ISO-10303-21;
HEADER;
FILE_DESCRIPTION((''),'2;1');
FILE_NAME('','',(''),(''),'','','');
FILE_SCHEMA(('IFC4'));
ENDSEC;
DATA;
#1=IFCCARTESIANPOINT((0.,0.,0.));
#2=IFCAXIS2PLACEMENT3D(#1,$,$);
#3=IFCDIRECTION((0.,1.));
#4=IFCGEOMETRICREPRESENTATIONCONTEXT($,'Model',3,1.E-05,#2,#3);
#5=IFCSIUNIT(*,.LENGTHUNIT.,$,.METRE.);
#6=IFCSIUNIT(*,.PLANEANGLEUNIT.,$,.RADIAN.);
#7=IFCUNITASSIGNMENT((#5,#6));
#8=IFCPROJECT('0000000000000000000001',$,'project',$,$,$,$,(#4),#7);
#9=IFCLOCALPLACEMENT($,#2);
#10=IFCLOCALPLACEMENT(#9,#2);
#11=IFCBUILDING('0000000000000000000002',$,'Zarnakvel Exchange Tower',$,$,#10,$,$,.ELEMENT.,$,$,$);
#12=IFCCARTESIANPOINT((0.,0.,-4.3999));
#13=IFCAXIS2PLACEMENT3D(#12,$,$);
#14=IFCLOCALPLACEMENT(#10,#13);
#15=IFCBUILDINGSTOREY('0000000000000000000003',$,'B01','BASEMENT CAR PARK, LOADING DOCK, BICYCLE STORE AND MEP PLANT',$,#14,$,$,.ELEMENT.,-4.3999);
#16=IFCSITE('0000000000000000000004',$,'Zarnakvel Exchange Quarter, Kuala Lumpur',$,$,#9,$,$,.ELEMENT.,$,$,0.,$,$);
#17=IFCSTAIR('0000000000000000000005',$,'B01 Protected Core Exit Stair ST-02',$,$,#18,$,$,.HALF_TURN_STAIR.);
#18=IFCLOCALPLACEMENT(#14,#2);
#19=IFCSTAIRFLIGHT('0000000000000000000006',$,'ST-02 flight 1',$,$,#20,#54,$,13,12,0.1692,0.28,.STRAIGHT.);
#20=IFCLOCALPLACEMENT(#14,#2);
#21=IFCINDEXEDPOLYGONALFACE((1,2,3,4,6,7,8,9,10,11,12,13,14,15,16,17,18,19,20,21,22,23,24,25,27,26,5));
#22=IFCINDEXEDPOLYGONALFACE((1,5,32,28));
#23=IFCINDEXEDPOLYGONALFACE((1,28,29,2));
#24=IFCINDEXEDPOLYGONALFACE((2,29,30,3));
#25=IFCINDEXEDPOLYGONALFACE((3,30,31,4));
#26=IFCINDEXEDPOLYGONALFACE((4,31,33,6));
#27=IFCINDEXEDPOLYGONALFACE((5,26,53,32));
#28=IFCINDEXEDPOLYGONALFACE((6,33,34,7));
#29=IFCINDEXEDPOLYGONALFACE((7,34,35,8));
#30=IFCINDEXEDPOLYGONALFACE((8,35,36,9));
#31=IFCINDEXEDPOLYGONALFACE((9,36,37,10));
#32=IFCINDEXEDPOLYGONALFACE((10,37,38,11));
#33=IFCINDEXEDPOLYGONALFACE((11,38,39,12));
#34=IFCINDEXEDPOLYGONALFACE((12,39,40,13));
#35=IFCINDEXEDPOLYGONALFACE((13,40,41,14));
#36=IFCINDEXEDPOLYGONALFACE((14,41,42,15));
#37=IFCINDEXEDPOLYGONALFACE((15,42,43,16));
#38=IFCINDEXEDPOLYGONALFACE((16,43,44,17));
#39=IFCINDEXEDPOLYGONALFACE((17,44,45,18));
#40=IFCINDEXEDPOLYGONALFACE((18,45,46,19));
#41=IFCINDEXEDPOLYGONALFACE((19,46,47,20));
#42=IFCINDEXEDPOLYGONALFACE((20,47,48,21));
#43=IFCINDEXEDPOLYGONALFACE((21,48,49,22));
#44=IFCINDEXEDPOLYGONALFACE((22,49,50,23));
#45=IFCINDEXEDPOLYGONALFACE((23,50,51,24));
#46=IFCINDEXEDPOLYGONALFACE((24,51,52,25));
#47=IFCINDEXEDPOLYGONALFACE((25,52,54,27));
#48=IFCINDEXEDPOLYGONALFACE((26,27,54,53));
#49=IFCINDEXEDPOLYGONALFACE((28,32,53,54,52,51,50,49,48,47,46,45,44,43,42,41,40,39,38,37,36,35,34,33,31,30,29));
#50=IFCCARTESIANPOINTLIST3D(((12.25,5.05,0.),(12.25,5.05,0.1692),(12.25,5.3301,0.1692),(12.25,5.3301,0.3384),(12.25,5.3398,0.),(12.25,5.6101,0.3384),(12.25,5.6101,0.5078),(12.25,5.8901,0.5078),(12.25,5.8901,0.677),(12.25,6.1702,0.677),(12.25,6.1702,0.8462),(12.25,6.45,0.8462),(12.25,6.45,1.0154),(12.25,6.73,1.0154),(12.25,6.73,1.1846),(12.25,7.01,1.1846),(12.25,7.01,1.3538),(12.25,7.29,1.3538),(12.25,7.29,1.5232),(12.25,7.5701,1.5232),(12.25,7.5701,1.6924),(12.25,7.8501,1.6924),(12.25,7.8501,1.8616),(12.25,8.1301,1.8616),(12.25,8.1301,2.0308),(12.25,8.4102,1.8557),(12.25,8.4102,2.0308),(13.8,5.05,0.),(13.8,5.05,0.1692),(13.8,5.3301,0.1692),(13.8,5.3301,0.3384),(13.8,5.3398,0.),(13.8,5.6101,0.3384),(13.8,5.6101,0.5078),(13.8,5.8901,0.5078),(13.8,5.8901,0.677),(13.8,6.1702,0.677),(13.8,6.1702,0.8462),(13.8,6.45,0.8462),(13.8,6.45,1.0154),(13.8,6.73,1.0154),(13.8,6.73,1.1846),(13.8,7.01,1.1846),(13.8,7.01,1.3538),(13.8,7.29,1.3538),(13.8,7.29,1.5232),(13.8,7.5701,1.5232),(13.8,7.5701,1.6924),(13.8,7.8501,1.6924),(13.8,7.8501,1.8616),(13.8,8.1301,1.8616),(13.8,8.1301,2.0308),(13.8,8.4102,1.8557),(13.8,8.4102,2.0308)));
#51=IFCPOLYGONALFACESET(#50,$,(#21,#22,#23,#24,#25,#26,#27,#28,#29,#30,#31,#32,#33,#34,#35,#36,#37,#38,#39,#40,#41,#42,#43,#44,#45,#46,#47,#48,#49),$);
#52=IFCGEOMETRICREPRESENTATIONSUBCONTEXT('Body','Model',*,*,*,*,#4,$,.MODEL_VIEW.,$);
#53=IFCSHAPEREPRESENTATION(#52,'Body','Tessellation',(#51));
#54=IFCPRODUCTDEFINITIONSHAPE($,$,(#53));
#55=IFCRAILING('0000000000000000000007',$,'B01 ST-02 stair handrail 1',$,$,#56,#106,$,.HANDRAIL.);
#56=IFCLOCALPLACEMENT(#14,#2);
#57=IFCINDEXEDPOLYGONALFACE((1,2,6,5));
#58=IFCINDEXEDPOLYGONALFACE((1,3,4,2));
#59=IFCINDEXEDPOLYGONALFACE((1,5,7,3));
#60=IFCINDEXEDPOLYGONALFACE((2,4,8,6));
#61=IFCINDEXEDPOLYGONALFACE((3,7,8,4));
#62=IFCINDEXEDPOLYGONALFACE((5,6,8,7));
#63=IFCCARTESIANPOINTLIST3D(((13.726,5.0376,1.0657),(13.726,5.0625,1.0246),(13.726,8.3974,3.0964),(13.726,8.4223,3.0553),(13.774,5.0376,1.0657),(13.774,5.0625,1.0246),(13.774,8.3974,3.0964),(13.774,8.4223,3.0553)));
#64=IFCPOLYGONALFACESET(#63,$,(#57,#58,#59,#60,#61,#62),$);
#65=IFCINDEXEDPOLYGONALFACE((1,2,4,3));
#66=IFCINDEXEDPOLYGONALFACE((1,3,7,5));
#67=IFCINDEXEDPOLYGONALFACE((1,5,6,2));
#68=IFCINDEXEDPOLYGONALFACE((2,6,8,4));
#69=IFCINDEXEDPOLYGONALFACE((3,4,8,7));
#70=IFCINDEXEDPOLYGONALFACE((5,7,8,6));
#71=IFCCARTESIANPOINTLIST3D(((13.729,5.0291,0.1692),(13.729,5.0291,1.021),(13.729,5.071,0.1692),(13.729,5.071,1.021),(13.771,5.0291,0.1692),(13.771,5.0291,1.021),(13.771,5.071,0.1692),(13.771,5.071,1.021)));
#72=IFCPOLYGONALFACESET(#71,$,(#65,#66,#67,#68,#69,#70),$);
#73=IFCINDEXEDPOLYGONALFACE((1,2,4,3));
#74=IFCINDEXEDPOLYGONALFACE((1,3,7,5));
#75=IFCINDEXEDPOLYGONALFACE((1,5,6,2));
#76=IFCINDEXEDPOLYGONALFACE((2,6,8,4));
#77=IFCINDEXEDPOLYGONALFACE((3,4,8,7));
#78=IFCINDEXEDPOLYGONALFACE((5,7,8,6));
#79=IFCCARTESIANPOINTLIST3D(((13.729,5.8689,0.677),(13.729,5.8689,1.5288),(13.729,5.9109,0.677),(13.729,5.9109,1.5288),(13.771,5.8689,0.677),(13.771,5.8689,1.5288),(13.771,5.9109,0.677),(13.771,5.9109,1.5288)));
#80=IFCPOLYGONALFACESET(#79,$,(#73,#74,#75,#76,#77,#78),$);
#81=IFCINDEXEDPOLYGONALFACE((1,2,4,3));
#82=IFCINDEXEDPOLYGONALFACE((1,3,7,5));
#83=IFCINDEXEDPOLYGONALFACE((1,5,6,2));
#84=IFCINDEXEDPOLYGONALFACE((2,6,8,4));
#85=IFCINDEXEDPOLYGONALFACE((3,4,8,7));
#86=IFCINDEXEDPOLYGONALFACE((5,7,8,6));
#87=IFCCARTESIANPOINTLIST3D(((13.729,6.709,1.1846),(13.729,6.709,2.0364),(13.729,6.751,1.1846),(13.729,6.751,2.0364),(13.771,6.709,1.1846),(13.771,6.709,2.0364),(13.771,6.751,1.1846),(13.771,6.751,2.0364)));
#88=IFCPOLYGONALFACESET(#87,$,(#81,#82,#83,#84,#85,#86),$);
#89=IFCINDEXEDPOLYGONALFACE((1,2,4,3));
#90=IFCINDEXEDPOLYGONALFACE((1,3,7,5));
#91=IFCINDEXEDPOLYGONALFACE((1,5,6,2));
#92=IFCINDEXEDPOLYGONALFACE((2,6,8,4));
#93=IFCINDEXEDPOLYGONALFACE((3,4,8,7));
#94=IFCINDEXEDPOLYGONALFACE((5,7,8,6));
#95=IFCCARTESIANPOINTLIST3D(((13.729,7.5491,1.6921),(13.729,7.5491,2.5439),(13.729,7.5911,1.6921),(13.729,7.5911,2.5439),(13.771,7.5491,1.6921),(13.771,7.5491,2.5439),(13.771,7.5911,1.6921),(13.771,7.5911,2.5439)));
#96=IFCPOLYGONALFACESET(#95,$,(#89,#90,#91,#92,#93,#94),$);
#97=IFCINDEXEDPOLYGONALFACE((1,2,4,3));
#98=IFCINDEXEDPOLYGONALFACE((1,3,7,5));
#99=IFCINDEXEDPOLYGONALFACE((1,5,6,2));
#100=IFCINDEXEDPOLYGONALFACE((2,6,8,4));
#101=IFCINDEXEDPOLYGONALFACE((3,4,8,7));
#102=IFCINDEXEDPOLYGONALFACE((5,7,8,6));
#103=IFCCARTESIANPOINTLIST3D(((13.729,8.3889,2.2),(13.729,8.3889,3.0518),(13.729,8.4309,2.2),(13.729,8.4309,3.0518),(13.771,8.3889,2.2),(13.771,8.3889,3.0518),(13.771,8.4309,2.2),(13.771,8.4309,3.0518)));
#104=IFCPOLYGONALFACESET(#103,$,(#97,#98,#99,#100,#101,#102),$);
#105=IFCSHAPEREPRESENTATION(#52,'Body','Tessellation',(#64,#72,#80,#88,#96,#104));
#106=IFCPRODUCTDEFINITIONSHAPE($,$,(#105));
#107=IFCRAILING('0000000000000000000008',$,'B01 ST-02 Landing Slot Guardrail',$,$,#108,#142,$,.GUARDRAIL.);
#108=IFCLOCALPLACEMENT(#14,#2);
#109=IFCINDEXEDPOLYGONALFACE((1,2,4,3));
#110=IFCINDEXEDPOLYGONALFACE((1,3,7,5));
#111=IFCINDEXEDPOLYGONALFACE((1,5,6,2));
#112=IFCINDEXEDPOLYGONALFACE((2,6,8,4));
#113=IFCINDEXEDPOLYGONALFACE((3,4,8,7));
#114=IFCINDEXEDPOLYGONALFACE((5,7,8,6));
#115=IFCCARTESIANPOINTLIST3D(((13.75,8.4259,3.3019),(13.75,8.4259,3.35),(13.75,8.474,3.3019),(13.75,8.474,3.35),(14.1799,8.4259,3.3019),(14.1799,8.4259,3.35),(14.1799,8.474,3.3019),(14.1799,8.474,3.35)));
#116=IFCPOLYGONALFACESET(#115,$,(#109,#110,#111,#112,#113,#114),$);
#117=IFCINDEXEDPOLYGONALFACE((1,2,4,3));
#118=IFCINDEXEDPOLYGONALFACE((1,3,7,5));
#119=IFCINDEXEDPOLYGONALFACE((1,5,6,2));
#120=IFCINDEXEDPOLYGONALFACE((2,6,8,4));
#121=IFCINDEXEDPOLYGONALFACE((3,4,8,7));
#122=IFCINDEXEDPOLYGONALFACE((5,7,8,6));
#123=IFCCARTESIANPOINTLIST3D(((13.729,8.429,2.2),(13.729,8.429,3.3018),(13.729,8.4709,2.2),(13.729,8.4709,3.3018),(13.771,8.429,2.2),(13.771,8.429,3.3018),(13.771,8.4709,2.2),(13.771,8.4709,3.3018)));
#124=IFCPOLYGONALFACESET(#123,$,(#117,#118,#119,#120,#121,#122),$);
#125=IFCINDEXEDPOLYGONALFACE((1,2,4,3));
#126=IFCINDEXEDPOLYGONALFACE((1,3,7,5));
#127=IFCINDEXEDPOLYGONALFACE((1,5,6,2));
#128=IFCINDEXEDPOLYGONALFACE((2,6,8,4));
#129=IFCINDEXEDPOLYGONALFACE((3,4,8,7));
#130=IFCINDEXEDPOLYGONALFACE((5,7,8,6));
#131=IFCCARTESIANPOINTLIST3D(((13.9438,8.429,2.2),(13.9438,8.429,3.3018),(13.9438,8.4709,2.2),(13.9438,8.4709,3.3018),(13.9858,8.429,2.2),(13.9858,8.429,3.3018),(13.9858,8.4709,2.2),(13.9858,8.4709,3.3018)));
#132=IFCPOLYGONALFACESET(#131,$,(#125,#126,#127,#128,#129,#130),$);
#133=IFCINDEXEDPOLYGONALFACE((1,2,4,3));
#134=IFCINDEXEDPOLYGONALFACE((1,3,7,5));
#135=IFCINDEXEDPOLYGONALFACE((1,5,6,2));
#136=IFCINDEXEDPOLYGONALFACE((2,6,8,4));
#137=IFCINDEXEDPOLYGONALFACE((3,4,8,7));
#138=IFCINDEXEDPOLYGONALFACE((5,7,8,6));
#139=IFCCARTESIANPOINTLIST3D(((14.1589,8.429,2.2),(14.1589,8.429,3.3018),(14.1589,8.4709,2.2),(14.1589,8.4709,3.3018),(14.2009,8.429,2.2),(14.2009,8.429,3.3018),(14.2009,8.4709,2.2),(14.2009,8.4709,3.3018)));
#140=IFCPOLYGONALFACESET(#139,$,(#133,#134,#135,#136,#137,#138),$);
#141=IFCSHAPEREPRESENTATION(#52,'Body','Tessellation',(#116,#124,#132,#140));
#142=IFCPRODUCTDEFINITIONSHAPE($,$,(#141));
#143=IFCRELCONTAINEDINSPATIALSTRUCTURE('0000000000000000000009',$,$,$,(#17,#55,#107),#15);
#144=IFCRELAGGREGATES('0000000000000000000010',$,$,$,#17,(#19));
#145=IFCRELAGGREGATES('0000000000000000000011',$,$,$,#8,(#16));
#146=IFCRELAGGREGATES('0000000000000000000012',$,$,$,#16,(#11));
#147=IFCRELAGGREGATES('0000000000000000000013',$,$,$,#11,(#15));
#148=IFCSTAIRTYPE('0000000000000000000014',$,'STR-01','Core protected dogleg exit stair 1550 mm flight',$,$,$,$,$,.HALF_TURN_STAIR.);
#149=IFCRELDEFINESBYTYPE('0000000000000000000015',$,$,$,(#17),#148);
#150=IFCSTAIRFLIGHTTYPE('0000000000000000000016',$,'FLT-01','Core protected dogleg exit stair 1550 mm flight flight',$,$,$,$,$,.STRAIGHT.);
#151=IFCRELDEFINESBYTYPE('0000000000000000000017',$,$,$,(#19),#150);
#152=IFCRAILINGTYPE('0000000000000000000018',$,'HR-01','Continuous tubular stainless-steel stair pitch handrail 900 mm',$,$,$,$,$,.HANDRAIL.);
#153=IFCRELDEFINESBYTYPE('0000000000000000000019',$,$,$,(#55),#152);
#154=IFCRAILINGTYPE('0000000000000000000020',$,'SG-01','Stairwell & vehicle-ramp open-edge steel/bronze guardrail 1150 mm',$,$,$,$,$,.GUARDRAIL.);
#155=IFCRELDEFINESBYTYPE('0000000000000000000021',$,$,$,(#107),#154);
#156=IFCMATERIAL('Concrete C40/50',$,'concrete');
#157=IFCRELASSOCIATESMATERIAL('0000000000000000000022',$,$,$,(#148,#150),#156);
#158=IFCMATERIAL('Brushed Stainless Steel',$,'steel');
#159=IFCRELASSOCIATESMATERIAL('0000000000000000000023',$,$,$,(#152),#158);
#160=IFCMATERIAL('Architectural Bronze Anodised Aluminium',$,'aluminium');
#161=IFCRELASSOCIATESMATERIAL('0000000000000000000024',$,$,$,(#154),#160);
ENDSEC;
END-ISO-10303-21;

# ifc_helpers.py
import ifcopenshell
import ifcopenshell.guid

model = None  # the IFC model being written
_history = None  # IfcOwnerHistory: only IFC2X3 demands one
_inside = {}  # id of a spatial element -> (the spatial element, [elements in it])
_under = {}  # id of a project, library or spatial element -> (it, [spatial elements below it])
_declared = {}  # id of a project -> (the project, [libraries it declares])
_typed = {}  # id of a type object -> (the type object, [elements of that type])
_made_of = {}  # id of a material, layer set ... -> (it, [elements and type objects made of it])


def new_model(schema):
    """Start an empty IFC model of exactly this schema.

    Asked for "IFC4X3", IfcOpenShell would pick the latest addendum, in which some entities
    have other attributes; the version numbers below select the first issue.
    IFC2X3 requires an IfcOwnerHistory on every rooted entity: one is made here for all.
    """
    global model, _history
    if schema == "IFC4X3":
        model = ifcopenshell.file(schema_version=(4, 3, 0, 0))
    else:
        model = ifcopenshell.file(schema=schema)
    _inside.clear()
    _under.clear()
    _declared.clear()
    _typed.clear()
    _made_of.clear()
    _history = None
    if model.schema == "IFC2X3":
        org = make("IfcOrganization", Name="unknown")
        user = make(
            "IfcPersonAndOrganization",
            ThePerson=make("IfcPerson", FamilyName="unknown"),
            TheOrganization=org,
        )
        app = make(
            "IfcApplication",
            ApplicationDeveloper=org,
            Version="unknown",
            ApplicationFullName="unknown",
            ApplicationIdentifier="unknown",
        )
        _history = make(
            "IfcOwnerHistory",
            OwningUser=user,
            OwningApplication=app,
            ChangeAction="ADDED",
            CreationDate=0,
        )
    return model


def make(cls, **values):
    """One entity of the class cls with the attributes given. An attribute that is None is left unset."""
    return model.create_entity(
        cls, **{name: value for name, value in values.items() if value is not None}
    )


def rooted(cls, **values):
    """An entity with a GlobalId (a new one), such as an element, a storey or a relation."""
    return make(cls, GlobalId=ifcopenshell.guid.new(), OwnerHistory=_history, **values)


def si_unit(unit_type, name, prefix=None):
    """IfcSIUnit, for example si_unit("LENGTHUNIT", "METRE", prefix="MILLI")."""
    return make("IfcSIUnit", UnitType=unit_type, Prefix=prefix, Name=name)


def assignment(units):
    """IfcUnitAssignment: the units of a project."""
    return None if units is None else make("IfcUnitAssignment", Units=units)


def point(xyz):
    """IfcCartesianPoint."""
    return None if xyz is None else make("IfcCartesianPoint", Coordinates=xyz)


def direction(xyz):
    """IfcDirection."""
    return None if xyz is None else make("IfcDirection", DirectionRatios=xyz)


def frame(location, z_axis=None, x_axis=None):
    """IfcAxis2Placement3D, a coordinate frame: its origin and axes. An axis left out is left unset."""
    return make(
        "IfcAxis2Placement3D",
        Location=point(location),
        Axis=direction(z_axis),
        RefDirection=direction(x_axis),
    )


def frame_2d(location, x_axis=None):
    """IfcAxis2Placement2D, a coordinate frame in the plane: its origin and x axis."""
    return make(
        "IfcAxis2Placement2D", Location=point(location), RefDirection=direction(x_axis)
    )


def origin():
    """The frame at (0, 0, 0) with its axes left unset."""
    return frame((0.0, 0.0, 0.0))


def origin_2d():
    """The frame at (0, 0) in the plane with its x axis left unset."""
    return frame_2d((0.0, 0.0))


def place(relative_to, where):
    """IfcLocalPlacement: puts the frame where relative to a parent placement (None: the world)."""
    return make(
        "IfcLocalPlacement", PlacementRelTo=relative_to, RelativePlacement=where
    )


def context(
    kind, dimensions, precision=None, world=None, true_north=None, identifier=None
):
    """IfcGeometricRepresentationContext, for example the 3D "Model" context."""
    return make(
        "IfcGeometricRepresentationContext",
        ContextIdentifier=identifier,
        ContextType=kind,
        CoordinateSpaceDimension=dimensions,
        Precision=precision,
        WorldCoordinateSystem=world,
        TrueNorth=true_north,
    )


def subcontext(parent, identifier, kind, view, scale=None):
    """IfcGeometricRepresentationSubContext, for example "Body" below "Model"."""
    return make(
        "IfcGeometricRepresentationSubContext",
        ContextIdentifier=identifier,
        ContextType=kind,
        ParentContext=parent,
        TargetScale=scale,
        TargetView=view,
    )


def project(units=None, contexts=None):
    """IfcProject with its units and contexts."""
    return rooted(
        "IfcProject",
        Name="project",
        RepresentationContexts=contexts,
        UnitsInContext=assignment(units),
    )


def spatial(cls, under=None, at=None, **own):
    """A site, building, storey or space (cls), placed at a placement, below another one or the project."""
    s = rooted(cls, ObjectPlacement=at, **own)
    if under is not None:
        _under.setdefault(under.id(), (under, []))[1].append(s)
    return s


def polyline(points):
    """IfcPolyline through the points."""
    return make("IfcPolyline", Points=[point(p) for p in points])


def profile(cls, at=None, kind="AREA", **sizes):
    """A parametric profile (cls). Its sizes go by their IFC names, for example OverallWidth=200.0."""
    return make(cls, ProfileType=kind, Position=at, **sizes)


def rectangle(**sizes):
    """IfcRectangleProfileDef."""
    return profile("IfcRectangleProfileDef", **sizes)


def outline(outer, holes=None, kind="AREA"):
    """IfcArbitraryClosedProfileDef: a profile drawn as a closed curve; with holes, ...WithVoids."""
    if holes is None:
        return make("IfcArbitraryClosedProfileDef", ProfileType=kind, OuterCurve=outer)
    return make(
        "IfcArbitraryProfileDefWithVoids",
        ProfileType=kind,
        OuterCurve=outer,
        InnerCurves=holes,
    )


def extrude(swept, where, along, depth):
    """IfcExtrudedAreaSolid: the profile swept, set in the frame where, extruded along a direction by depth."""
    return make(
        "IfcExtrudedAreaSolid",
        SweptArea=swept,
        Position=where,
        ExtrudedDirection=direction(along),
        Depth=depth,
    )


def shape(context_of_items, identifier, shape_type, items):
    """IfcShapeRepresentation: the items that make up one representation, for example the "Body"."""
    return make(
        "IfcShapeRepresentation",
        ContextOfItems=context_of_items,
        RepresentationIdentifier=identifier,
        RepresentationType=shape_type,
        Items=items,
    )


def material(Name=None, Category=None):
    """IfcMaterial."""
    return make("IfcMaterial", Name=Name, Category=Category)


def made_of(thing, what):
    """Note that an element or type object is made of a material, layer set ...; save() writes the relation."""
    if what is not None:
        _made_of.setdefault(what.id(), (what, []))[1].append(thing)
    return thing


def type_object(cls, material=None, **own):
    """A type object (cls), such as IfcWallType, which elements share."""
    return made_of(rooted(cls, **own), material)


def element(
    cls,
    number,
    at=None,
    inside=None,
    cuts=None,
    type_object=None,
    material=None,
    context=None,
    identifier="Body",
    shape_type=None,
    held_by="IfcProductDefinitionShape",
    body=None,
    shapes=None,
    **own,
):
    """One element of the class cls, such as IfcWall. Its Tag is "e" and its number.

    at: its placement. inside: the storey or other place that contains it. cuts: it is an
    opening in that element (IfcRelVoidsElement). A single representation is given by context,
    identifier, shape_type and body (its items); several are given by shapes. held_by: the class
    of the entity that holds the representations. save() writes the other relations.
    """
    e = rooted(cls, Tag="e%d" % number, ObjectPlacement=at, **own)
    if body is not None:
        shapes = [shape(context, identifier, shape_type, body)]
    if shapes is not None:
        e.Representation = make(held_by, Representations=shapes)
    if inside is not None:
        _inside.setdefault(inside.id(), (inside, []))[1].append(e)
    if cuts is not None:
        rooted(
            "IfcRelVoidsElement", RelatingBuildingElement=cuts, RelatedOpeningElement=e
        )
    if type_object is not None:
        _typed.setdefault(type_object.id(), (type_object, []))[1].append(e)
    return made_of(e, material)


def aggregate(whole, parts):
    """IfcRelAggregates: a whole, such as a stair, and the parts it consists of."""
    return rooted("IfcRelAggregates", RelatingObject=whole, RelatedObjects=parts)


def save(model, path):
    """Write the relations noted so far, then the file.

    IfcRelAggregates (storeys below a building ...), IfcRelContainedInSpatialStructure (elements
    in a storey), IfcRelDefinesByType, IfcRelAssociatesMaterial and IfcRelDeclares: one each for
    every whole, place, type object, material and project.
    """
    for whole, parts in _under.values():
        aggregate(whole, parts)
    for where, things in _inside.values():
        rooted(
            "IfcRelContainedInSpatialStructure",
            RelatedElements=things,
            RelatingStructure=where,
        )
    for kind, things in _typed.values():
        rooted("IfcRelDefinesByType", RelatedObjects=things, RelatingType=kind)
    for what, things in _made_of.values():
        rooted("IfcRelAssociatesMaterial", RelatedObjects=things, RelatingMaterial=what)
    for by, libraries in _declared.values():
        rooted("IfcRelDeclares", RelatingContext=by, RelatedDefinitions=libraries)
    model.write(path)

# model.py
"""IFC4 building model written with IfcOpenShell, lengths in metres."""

from ifc_helpers import new_model, si_unit, direction, frame, origin, origin_2d, place, context, subcontext, project, spatial, polyline, rectangle, outline, extrude, material, type_object, element, aggregate, save


model = new_model("IFC4")

# Units and contexts
model_context = context("Model", 3, precision=1e-05, world=origin(), true_north=direction((0.0, 1.0)))
body_context = subcontext(model_context, "Body", "Model", "MODEL_VIEW")
ifc_project = project(units=[si_unit("LENGTHUNIT", "METRE"), si_unit("PLANEANGLEUNIT", "RADIAN")], contexts=[model_context])

# Site, building, storey
site_placement = place(None, origin())
site = spatial("IfcSite", under=ifc_project, at=site_placement, Name="Zarnakvel Exchange Quarter, Kuala Lumpur", CompositionType="ELEMENT", RefElevation=0.0)
building_placement = place(site_placement, origin())
building = spatial("IfcBuilding", under=site, at=building_placement, Name="Zarnakvel Exchange Tower", CompositionType="ELEMENT")
storey_placement = place(building_placement, frame((0.0, 0.0, -4.3999)))
storey = spatial("IfcBuildingStorey", under=building, at=storey_placement, Name="B01", Description="BASEMENT CAR PARK, LOADING DOCK, BICYCLE STORE AND MEP PLANT", CompositionType="ELEMENT", Elevation=-4.3999)

# Shared definitions
ifc_material_1 = material(Name="Concrete C40/50", Category="concrete")

# Stair, stair flight
stair_type = type_object("IfcStairType", Name="STR-01", Description="Core protected dogleg exit stair 1550 mm flight", PredefinedType="HALF_TURN_STAIR", material=ifc_material_1)
stair_placement = place(storey_placement, origin())
stair = element("IfcStair", 1, at=stair_placement, inside=storey, type_object=stair_type, Name="B01 Protected Core Exit Stair ST-02", PredefinedType="HALF_TURN_STAIR")
stair_flight_type = type_object("IfcStairFlightType", Name="FLT-01", Description="Core protected dogleg exit stair 1550 mm flight flight", PredefinedType="STRAIGHT", material=ifc_material_1)
stair_flight_placement = place(storey_placement, frame((13.0249, 5.05, 0.0), z_axis=(0.0, 0.0, 1.0), x_axis=(0.0, 1.0, 0.0)))
stair_flight = element("IfcStairFlight", 2, at=stair_flight_placement, type_object=stair_flight_type, Name="ST-02 flight 1", NumberOfRisers=13, NumberOfTreads=12, PredefinedType="STRAIGHT", RiserHeight=0.1692, TreadLength=0.28, context=body_context, shape_type="SweptSolid", body=[
    extrude(outline(polyline([(0.0, 0.0), (0.0, 0.1692), (0.28, 0.1692), (0.28, 0.3384), (0.5601, 0.3384), (0.5601, 0.5078), (0.8401, 0.5078), (0.8401, 0.677), (1.1201, 0.677), (1.1201, 0.8462), (1.3999, 0.8462), (1.3999, 1.0154), (1.6799, 1.0154), (1.6799, 1.1846), (1.96, 1.1846), (1.96, 1.3538), (2.24, 1.3538), (2.24, 1.5232), (2.52, 1.5232), (2.52, 1.6924), (2.8, 1.6924), (2.8, 1.8616), (3.0801, 1.8616), (3.0801, 2.0308), (3.3601, 2.0308), (3.3601, 2.2), (3.3601, 1.8557), (0.2898, 0.0), (0.0, 0.0)])), frame((0.0, 0.7749, 0.0), z_axis=(0.0, -1.0, 0.0), x_axis=(1.0, 0.0, 0.0)), (0.0, 0.0, 1.0), 1.55),
])
aggregate(stair, [stair_flight])

# Railings
ifc_material_2 = material(Name="Brushed Stainless Steel", Category="steel")
railing_type_1 = type_object("IfcRailingType", Name="HR-01", Description="Continuous tubular stainless-steel stair pitch handrail 900 mm", PredefinedType="HANDRAIL", material=ifc_material_2)
railing_1_placement = place(storey_placement, frame((13.75, 5.05, 0.1692)))
element("IfcRailing", 3, at=railing_1_placement, inside=storey, type_object=railing_type_1, Name="B01 ST-02 stair handrail 1", PredefinedType="HANDRAIL", context=body_context, shape_type="SweptSolid", body=[
    extrude(rectangle(XDim=0.0481, YDim=0.0481, at=origin_2d()), frame((0.0, 0.0, 0.876), z_axis=(0.0, 0.85582, 0.517273), x_axis=(-1.0, 0.0, 0.0)), (0.0, 0.0, 1.0), 3.9258),
    extrude(rectangle(XDim=0.042, YDim=0.042, at=origin_2d()), origin(), (0.0, 0.0, 1.0), 0.8518),
    extrude(rectangle(XDim=0.042, YDim=0.042, at=origin_2d()), frame((0.0, 0.8398, 0.5078)), (0.0, 0.0, 1.0), 0.8518),
    extrude(rectangle(XDim=0.042, YDim=0.042, at=origin_2d()), frame((0.0, 1.6799, 1.0154)), (0.0, 0.0, 1.0), 0.8518),
    extrude(rectangle(XDim=0.042, YDim=0.042, at=origin_2d()), frame((0.0, 2.52, 1.5229)), (0.0, 0.0, 1.0), 0.8518),
    extrude(rectangle(XDim=0.042, YDim=0.042, at=origin_2d()), frame((0.0, 3.3599, 2.0308)), (0.0, 0.0, 1.0), 0.8518),
])
ifc_material_3 = material(Name="Architectural Bronze Anodised Aluminium", Category="aluminium")
railing_type_2 = type_object("IfcRailingType", Name="SG-01", Description="Stairwell & vehicle-ramp open-edge steel/bronze guardrail 1150 mm", PredefinedType="GUARDRAIL", material=ifc_material_3)
railing_2_placement = place(storey_placement, frame((13.75, 8.45, 2.2)))
element("IfcRailing", 4, at=railing_2_placement, inside=storey, type_object=railing_type_2, Name="B01 ST-02 Landing Slot Guardrail", PredefinedType="GUARDRAIL", context=body_context, shape_type="SweptSolid", body=[
    extrude(rectangle(XDim=0.0481, YDim=0.0481, at=origin_2d()), frame((0.0, 0.0, 1.126), z_axis=(1.0, 0.0, 0.0), x_axis=(0.0, 1.0, 0.0)), (0.0, 0.0, 1.0), 0.4299),
    extrude(rectangle(XDim=0.042, YDim=0.042, at=origin_2d()), origin(), (0.0, 0.0, 1.0), 1.1018),
    extrude(rectangle(XDim=0.042, YDim=0.042, at=origin_2d()), frame((0.2148, 0.0, 0.0)), (0.0, 0.0, 1.0), 1.1018),
    extrude(rectangle(XDim=0.042, YDim=0.042, at=origin_2d()), frame((0.4299, 0.0, 0.0)), (0.0, 0.0, 1.0), 1.1018),
])

save(model, "model.ifc")
